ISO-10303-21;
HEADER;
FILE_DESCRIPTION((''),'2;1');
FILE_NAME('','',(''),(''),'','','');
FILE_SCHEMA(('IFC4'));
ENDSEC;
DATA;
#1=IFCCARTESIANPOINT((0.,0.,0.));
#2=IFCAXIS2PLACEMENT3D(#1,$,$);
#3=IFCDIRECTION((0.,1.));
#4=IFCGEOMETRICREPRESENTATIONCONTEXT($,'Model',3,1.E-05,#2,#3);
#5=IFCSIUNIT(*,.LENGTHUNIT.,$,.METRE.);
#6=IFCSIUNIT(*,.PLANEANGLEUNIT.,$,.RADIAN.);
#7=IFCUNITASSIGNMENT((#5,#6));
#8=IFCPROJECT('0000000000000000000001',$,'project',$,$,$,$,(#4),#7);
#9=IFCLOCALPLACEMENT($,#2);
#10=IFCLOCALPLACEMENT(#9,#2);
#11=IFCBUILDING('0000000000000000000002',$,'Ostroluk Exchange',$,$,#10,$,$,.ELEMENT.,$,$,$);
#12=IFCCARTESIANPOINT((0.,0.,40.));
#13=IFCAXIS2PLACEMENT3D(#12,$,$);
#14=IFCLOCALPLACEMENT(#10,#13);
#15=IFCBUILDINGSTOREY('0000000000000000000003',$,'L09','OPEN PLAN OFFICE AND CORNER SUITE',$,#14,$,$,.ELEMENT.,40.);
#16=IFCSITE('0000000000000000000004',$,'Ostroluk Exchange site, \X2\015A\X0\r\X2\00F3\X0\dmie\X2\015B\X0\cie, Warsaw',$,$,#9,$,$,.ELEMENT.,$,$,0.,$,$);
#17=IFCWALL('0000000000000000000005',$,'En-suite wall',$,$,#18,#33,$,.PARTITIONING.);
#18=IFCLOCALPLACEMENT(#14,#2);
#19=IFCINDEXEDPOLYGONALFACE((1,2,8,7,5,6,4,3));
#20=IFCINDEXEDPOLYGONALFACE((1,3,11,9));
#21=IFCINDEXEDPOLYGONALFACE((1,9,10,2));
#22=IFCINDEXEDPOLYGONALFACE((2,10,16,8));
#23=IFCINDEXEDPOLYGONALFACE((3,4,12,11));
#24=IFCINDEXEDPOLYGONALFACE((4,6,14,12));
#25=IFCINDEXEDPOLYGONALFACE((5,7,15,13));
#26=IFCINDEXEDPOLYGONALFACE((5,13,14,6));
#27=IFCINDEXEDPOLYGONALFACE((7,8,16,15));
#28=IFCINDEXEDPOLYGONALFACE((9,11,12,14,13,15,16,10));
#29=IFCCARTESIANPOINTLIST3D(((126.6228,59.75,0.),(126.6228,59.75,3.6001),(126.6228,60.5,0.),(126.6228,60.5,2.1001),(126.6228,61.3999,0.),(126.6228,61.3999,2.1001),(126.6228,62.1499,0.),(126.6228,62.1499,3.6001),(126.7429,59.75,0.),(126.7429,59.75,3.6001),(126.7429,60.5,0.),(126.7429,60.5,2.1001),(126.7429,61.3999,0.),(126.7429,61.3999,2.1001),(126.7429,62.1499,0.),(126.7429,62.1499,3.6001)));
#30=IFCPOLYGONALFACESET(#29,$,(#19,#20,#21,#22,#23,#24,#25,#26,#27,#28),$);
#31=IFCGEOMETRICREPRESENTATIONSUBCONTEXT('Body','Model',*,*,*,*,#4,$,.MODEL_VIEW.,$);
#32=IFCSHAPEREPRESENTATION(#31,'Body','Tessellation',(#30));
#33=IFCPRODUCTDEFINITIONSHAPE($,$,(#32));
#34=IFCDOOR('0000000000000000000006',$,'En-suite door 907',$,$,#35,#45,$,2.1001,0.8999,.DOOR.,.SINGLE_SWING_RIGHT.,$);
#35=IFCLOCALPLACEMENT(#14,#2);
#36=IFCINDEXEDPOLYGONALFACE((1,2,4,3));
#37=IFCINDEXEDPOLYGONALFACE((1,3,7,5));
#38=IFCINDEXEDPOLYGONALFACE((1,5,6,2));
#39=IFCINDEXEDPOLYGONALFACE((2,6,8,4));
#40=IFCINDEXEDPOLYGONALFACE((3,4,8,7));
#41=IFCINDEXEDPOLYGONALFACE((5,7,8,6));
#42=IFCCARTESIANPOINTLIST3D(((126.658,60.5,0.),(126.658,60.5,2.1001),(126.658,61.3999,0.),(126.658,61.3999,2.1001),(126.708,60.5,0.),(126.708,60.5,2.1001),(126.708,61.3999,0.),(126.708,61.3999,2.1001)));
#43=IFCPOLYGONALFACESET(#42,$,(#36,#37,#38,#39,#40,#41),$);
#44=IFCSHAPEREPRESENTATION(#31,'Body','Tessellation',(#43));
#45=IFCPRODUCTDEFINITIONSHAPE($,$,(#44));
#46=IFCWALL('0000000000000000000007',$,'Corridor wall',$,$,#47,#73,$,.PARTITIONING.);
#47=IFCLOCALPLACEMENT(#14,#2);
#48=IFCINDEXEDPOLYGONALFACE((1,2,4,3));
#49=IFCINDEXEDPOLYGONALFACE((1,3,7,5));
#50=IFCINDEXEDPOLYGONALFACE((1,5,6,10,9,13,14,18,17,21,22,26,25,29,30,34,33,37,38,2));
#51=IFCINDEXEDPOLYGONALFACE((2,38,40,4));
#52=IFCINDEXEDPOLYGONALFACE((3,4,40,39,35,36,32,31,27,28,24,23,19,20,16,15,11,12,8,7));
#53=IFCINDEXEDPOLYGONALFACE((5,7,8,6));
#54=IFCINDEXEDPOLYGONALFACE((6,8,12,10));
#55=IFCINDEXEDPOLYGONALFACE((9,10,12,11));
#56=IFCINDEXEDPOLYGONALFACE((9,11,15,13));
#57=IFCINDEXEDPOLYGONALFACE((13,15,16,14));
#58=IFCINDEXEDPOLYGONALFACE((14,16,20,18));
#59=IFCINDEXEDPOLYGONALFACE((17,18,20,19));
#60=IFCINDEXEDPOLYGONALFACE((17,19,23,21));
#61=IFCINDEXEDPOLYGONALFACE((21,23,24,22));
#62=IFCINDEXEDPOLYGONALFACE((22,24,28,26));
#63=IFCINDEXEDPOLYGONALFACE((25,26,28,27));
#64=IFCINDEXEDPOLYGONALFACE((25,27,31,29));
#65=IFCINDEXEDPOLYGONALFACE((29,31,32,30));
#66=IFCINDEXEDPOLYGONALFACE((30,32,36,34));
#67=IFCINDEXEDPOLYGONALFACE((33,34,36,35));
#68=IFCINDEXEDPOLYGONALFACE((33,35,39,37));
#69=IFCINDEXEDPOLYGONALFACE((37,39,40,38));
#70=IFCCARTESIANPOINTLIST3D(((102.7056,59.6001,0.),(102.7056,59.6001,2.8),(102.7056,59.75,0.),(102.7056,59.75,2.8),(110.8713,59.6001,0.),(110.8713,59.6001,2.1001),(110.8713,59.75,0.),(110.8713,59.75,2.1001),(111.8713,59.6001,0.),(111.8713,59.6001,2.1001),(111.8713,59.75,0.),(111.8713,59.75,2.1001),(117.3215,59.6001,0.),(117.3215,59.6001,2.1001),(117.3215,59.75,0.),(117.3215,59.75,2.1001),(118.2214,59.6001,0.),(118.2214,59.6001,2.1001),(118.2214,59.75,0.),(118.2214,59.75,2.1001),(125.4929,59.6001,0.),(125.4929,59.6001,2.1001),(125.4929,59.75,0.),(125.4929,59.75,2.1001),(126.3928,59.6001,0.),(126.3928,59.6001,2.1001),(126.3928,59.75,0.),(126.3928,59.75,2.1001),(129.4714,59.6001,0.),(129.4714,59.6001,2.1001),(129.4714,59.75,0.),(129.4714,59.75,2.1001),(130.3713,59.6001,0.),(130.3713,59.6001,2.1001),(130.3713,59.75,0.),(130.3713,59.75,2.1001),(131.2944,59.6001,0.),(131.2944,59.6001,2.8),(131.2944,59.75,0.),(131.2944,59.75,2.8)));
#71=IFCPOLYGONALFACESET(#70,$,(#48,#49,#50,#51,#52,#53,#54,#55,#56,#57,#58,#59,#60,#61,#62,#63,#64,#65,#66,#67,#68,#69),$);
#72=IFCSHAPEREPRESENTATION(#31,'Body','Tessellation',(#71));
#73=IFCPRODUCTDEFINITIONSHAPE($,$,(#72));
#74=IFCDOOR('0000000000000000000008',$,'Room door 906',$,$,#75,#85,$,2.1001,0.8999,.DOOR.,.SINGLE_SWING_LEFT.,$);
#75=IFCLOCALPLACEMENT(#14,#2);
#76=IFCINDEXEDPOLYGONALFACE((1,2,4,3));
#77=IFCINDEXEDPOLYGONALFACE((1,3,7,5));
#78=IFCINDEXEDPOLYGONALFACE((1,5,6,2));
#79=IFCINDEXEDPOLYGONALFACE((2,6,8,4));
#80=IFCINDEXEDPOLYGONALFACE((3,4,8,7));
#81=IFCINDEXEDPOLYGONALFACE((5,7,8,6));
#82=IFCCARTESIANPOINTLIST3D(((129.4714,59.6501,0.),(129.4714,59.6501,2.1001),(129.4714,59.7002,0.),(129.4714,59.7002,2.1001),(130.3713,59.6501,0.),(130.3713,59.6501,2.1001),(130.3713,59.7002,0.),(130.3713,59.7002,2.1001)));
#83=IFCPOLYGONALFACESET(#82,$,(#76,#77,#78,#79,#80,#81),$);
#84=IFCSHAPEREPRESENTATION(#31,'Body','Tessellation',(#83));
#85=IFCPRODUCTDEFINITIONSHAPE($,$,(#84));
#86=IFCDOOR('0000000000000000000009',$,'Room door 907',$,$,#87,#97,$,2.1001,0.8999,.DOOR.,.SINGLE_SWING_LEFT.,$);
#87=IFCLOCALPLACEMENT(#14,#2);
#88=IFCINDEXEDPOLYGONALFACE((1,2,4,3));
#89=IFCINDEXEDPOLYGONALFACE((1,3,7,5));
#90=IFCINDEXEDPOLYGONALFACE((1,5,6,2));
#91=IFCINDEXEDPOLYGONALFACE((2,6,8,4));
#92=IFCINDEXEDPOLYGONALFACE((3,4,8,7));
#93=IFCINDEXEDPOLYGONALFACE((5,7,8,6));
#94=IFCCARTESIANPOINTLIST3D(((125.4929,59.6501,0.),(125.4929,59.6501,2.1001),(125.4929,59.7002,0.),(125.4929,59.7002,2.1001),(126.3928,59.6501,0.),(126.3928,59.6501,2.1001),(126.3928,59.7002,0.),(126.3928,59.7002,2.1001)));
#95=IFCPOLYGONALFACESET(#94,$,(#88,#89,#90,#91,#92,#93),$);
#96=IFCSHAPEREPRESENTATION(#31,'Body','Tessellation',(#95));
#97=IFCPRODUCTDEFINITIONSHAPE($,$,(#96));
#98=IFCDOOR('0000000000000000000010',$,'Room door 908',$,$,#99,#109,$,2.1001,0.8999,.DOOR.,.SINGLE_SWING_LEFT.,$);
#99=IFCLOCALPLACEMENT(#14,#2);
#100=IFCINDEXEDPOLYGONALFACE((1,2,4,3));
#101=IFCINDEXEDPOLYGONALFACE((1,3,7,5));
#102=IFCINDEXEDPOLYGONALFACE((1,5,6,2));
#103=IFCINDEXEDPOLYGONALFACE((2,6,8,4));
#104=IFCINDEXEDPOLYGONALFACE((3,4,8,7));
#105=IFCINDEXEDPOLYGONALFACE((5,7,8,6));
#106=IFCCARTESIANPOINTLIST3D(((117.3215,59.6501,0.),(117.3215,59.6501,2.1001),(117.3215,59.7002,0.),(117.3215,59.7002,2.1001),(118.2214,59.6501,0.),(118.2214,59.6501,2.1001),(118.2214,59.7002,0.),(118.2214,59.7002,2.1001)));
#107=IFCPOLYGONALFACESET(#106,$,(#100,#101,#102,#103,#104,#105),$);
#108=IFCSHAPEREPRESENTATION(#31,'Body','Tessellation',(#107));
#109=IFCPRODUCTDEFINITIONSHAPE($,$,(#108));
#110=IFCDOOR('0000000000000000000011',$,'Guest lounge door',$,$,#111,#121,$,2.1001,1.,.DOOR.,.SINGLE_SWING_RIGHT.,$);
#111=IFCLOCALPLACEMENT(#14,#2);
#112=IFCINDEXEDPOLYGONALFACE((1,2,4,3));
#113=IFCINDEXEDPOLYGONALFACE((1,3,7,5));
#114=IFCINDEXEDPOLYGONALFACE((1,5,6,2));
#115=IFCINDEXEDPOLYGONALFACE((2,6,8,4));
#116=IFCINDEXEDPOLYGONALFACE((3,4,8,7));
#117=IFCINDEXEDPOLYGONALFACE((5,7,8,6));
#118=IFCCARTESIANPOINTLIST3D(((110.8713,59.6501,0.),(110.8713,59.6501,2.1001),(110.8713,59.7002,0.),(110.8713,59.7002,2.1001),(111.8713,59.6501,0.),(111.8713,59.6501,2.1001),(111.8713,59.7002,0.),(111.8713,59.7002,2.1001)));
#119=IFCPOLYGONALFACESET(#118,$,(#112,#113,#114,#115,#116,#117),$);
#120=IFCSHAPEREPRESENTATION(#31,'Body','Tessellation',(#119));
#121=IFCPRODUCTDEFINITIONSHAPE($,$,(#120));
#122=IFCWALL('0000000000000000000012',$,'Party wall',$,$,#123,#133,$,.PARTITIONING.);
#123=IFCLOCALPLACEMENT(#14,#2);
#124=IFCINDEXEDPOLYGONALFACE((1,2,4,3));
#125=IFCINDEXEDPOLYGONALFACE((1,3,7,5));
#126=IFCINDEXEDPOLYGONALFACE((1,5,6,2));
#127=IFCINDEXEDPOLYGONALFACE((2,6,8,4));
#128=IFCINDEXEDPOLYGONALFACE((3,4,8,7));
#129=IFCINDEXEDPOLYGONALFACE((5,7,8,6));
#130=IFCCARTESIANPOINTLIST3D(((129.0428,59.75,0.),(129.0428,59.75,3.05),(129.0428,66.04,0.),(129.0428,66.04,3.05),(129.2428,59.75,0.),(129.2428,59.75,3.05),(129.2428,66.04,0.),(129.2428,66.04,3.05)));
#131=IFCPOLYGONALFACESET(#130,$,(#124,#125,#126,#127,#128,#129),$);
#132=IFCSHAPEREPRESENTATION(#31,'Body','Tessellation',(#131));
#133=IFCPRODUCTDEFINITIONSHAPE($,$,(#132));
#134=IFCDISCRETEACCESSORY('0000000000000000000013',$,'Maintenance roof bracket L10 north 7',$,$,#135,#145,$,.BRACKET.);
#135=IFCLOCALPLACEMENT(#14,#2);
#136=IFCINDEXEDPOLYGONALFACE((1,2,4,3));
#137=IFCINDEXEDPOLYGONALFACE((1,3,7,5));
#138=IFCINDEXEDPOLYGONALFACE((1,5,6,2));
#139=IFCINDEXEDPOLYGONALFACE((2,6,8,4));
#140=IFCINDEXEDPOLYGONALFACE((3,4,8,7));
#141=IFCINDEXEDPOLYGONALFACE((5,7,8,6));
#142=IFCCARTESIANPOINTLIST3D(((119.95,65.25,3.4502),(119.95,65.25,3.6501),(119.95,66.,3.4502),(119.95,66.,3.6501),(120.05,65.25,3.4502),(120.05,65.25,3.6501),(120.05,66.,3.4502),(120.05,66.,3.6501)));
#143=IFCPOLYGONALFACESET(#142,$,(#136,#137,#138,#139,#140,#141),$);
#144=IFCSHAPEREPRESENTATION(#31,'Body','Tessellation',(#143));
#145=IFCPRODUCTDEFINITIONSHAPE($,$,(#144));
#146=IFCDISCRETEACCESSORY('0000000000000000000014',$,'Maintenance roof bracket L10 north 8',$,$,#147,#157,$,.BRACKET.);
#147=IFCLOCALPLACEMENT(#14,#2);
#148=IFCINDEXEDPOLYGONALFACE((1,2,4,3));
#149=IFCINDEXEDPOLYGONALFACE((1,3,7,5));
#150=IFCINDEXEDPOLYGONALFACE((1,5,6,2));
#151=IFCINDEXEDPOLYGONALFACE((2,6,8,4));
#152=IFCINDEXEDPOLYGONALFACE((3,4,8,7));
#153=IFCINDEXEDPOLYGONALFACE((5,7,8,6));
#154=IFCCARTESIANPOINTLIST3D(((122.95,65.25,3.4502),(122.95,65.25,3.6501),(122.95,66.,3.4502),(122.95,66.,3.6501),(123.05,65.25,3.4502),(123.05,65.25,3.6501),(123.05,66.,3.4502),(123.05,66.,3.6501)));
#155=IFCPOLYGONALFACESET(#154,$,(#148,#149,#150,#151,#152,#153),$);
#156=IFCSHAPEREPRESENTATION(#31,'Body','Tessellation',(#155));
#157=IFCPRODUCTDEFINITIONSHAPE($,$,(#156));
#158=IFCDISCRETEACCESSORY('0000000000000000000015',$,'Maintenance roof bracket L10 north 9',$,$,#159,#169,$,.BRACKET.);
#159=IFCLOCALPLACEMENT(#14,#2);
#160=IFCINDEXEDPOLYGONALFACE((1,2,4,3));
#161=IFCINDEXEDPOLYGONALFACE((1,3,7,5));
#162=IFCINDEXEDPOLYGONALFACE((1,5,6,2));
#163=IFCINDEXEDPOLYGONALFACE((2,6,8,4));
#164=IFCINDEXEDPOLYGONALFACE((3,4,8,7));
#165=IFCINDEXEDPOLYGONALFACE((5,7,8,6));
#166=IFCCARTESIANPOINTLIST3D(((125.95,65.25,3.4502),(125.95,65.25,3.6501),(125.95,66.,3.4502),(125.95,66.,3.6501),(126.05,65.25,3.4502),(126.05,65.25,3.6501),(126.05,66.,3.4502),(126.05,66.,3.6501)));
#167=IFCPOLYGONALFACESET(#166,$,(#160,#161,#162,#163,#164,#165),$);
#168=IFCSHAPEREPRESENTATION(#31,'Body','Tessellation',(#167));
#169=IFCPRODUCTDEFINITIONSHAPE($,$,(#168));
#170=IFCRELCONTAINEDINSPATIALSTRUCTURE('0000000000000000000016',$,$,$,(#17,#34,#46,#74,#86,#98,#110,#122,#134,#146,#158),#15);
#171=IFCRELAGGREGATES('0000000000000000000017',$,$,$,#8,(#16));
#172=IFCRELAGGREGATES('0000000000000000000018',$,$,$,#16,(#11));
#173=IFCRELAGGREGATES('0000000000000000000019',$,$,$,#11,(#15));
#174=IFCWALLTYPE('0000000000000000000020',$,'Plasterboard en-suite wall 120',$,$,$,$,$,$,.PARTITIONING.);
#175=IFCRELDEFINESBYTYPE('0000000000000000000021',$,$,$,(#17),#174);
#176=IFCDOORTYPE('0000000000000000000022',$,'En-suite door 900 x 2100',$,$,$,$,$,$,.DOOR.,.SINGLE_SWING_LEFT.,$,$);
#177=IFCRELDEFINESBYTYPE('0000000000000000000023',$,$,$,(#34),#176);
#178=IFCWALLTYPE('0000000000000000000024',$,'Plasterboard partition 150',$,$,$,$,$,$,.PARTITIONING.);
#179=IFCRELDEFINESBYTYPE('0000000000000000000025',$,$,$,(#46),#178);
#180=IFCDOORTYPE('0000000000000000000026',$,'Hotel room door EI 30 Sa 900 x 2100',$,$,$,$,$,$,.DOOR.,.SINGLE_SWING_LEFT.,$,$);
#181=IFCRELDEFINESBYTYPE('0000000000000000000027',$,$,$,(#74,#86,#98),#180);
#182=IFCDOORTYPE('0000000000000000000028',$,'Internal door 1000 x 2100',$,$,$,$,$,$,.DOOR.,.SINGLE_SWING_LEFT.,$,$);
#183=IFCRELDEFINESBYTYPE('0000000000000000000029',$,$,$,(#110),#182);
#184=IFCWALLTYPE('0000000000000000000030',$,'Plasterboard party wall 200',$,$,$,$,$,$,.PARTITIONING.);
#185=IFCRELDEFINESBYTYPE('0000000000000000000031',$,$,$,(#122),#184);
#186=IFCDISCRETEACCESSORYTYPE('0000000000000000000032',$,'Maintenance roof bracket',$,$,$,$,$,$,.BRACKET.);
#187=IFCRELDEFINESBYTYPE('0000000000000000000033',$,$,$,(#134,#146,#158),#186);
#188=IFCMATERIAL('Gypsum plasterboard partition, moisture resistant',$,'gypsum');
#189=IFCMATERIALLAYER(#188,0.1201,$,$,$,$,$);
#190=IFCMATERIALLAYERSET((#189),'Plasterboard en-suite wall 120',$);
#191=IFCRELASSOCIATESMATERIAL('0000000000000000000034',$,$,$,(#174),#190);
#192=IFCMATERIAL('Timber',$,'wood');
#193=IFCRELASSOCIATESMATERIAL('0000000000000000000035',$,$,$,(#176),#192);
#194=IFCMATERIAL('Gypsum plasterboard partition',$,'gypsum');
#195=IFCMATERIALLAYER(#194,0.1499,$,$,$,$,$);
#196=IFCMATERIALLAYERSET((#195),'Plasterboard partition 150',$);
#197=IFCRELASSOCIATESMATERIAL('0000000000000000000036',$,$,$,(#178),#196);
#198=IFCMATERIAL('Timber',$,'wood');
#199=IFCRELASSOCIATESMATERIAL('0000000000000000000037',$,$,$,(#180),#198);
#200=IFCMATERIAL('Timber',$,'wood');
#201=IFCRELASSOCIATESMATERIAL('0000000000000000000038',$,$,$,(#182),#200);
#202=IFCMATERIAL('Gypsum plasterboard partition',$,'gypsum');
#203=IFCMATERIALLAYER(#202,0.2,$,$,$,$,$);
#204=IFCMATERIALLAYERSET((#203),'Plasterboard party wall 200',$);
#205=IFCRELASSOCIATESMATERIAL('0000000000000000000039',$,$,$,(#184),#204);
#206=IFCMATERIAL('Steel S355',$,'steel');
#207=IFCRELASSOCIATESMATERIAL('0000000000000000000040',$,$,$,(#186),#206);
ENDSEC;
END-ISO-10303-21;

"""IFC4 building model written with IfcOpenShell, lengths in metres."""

from ifc_helpers import new_model, si_unit, direction, frame, frame_2d, origin, origin_2d, place, context, subcontext, project, spatial, rectangle, extrude, material, layer, layer_set, type_object, element, fill, save


model = new_model("IFC4")

# Units and contexts
model_context = context("Model", 3, precision=1e-05, world=origin(), true_north=direction((0.0, 1.0)))
body_context = subcontext(model_context, "Body", "Model", "MODEL_VIEW")
ifc_project = project(units=[si_unit("LENGTHUNIT", "METRE"), si_unit("PLANEANGLEUNIT", "RADIAN")], contexts=[model_context])

# Site, building, storey
site_placement = place(None, origin())
site = spatial("IfcSite", under=ifc_project, at=site_placement, Name="Ostroluk Exchange site, Śródmieście, Warsaw", CompositionType="ELEMENT", RefElevation=0.0)
building_placement = place(site_placement, origin())
building = spatial("IfcBuilding", under=site, at=building_placement, Name="Ostroluk Exchange", CompositionType="ELEMENT")
storey_placement = place(building_placement, frame((0.0, 0.0, 40.0)))
storey = spatial("IfcBuildingStorey", under=building, at=storey_placement, Name="L09", Description="OPEN PLAN OFFICE AND CORNER SUITE", CompositionType="ELEMENT", Elevation=40.0)

# Shared definitions
ifc_material_1 = material(Name="Gypsum plasterboard partition, moisture resistant", Category="gypsum")
ifc_layer_1 = layer(ifc_material_1, 0.1201)
ifc_layer_set_1 = layer_set([ifc_layer_1], Name="Plasterboard en-suite wall 120")
wall_type_1 = type_object("IfcWallType", Name="Plasterboard en-suite wall 120", PredefinedType="PARTITIONING", material=ifc_layer_set_1)
ifc_material_2 = material(Name="Timber", Category="wood")
door_type_1 = type_object("IfcDoorType", Name="En-suite door 900 x 2100", OperationType="SINGLE_SWING_LEFT", PredefinedType="DOOR", material=ifc_material_2)

# Wall, opening, door
wall_1_placement = place(storey_placement, frame((126.6829, 59.75, 0.0), z_axis=(0.0, 0.0, 1.0), x_axis=(0.0, 1.0, 0.0)))
wall_1 = element("IfcWall", 1, at=wall_1_placement, inside=storey, type_object=wall_type_1, Name="En-suite wall", PredefinedType="PARTITIONING", context=body_context, shape_type="SweptSolid", body=[
    extrude(rectangle(XDim=2.3999, YDim=0.1201, at=frame_2d((1.2, 0.0))), origin(), (0.0, 0.0, 1.0), 3.6001),
])
opening_1_placement = place(wall_1_placement, frame((0.75, 0.0, 0.0)))
opening_1 = element("IfcOpeningElement", 2, at=opening_1_placement, cuts=wall_1, PredefinedType="OPENING", context=body_context, shape_type="SweptSolid", body=[
    extrude(rectangle(XDim=0.8999, YDim=2.1001, at=frame_2d((0.45, 1.05))), frame((0.0, 0.0701, 0.0), z_axis=(0.0, -1.0, 0.0), x_axis=(1.0, 0.0, 0.0)), (0.0, 0.0, 1.0), 0.1401),
])
door_1_placement = place(opening_1_placement, origin())
door_1 = element("IfcDoor", 3, at=door_1_placement, inside=storey, type_object=door_type_1, Name="En-suite door 907", OperationType="SINGLE_SWING_RIGHT", OverallHeight=2.1001, OverallWidth=0.8999, PredefinedType="DOOR", context=body_context, shape_type="SweptSolid", body=[
    extrude(rectangle(XDim=0.8999, YDim=2.1001, at=frame_2d((0.45, 1.05))), frame((0.0, 0.0249, 0.0), z_axis=(0.0, -1.0, 0.0), x_axis=(1.0, 0.0, 0.0)), (0.0, 0.0, 1.0), 0.05),
])
fill(opening_1, door_1)

# Wall, openings, doors
ifc_material_3 = material(Name="Gypsum plasterboard partition", Category="gypsum")
ifc_layer_2 = layer(ifc_material_3, 0.1499)
ifc_layer_set_2 = layer_set([ifc_layer_2], Name="Plasterboard partition 150")
wall_type_2 = type_object("IfcWallType", Name="Plasterboard partition 150", PredefinedType="PARTITIONING", material=ifc_layer_set_2)
wall_2_placement = place(storey_placement, frame((131.2944, 59.675, 0.0), z_axis=(0.0, 0.0, 1.0), x_axis=(-1.0, 0.0, 0.0)))
wall_2 = element("IfcWall", 4, at=wall_2_placement, inside=storey, type_object=wall_type_2, Name="Corridor wall", PredefinedType="PARTITIONING", context=body_context, shape_type="SweptSolid", body=[
    extrude(rectangle(XDim=28.5889, YDim=0.1499, at=frame_2d((14.2944, 0.0))), origin(), (0.0, 0.0, 1.0), 2.8),
])
opening_2_placement = place(wall_2_placement, frame((0.9231, 0.0, 0.0)))
opening_2 = element("IfcOpeningElement", 5, at=opening_2_placement, cuts=wall_2, PredefinedType="OPENING", context=body_context, shape_type="SweptSolid", body=[
    extrude(rectangle(XDim=0.8999, YDim=2.1001, at=frame_2d((0.45, 1.05))), frame((0.0, 0.085, 0.0), z_axis=(0.0, -1.0, 0.0), x_axis=(1.0, 0.0, 0.0)), (0.0, 0.0, 1.0), 0.1699),
])
opening_3_placement = place(wall_2_placement, frame((4.9016, 0.0, 0.0)))
opening_3 = element("IfcOpeningElement", 6, at=opening_3_placement, cuts=wall_2, PredefinedType="OPENING", context=body_context, shape_type="SweptSolid", body=[
    extrude(rectangle(XDim=0.8999, YDim=2.1001, at=frame_2d((0.45, 1.05))), frame((0.0, 0.085, 0.0), z_axis=(0.0, -1.0, 0.0), x_axis=(1.0, 0.0, 0.0)), (0.0, 0.0, 1.0), 0.1699),
])
opening_4_placement = place(wall_2_placement, frame((13.073, 0.0, 0.0)))
opening_4 = element("IfcOpeningElement", 7, at=opening_4_placement, cuts=wall_2, PredefinedType="OPENING", context=body_context, shape_type="SweptSolid", body=[
    extrude(rectangle(XDim=0.8999, YDim=2.1001, at=frame_2d((0.45, 1.05))), frame((0.0, 0.085, 0.0), z_axis=(0.0, -1.0, 0.0), x_axis=(1.0, 0.0, 0.0)), (0.0, 0.0, 1.0), 0.1699),
])
opening_5_placement = place(wall_2_placement, frame((19.4231, 0.0, 0.0)))
opening_5 = element("IfcOpeningElement", 8, at=opening_5_placement, cuts=wall_2, PredefinedType="OPENING", context=body_context, shape_type="SweptSolid", body=[
    extrude(rectangle(XDim=1.0, YDim=2.1001, at=frame_2d((0.5, 1.05))), frame((0.0, 0.085, 0.0), z_axis=(0.0, -1.0, 0.0), x_axis=(1.0, 0.0, 0.0)), (0.0, 0.0, 1.0), 0.1699),
])
ifc_material_4 = material(Name="Timber", Category="wood")
door_type_2 = type_object("IfcDoorType", Name="Hotel room door EI 30 Sa 900 x 2100", OperationType="SINGLE_SWING_LEFT", PredefinedType="DOOR", material=ifc_material_4)
door_2_placement = place(opening_2_placement, origin())
door_2 = element("IfcDoor", 9, at=door_2_placement, inside=storey, type_object=door_type_2, Name="Room door 906", OperationType="SINGLE_SWING_LEFT", OverallHeight=2.1001, OverallWidth=0.8999, PredefinedType="DOOR", context=body_context, shape_type="SweptSolid", body=[
    extrude(rectangle(XDim=0.8999, YDim=2.1001, at=frame_2d((0.45, 1.05))), frame((0.0, 0.0249, 0.0), z_axis=(0.0, -1.0, 0.0), x_axis=(1.0, 0.0, 0.0)), (0.0, 0.0, 1.0), 0.05),
])
fill(opening_2, door_2)
door_3_placement = place(opening_3_placement, origin())
door_3 = element("IfcDoor", 10, at=door_3_placement, inside=storey, type_object=door_type_2, Name="Room door 907", OperationType="SINGLE_SWING_LEFT", OverallHeight=2.1001, OverallWidth=0.8999, PredefinedType="DOOR", context=body_context, shape_type="SweptSolid", body=[
    extrude(rectangle(XDim=0.8999, YDim=2.1001, at=frame_2d((0.45, 1.05))), frame((0.0, 0.0249, 0.0), z_axis=(0.0, -1.0, 0.0), x_axis=(1.0, 0.0, 0.0)), (0.0, 0.0, 1.0), 0.05),
])
fill(opening_3, door_3)
door_4_placement = place(opening_4_placement, origin())
door_4 = element("IfcDoor", 11, at=door_4_placement, inside=storey, type_object=door_type_2, Name="Room door 908", OperationType="SINGLE_SWING_LEFT", OverallHeight=2.1001, OverallWidth=0.8999, PredefinedType="DOOR", context=body_context, shape_type="SweptSolid", body=[
    extrude(rectangle(XDim=0.8999, YDim=2.1001, at=frame_2d((0.45, 1.05))), frame((0.0, 0.0249, 0.0), z_axis=(0.0, -1.0, 0.0), x_axis=(1.0, 0.0, 0.0)), (0.0, 0.0, 1.0), 0.05),
])
fill(opening_4, door_4)
ifc_material_5 = material(Name="Timber", Category="wood")
door_type_3 = type_object("IfcDoorType", Name="Internal door 1000 x 2100", OperationType="SINGLE_SWING_LEFT", PredefinedType="DOOR", material=ifc_material_5)
door_5_placement = place(opening_5_placement, origin())
door_5 = element("IfcDoor", 12, at=door_5_placement, inside=storey, type_object=door_type_3, Name="Guest lounge door", OperationType="SINGLE_SWING_RIGHT", OverallHeight=2.1001, OverallWidth=1.0, PredefinedType="DOOR", context=body_context, shape_type="SweptSolid", body=[
    extrude(rectangle(XDim=1.0, YDim=2.1001, at=frame_2d((0.5, 1.05))), frame((0.0, 0.0249, 0.0), z_axis=(0.0, -1.0, 0.0), x_axis=(1.0, 0.0, 0.0)), (0.0, 0.0, 1.0), 0.05),
])
fill(opening_5, door_5)

# Wall
ifc_material_6 = material(Name="Gypsum plasterboard partition", Category="gypsum")
ifc_layer_3 = layer(ifc_material_6, 0.2)
ifc_layer_set_3 = layer_set([ifc_layer_3], Name="Plasterboard party wall 200")
wall_type_3 = type_object("IfcWallType", Name="Plasterboard party wall 200", PredefinedType="PARTITIONING", material=ifc_layer_set_3)
wall_3_placement = place(storey_placement, frame((129.1428, 59.75, 0.0), z_axis=(0.0, 0.0, 1.0), x_axis=(0.0, 1.0, 0.0)))
element("IfcWall", 13, at=wall_3_placement, inside=storey, type_object=wall_type_3, Name="Party wall", PredefinedType="PARTITIONING", context=body_context, shape_type="SweptSolid", body=[
    extrude(rectangle(XDim=6.29, YDim=0.2, at=frame_2d((3.145, 0.0))), origin(), (0.0, 0.0, 1.0), 3.05),
])

# Discrete accessories
ifc_material_7 = material(Name="Steel S355", Category="steel")
discrete_accessory_type = type_object("IfcDiscreteAccessoryType", Name="Maintenance roof bracket", PredefinedType="BRACKET", material=ifc_material_7)
for number, where, z_axis, x_axis, name in (
    (14, (120.0, 65.625, 3.4502), (0.0, 0.0, 1.0), (1.0, 0.0, 0.0), "Maintenance roof bracket L10 north 7"),
    (15, (123.0, 65.625, 3.4502), (0.0, 0.0, 1.0), (1.0, 0.0, 0.0), "Maintenance roof bracket L10 north 8"),
    (16, (126.0, 65.625, 3.4502), (0.0, 0.0, 1.0), (1.0, 0.0, 0.0), "Maintenance roof bracket L10 north 9"),
):
    element("IfcDiscreteAccessory", number, at=place(storey_placement, frame(where, z_axis=z_axis, x_axis=x_axis)), inside=storey, type_object=discrete_accessory_type, Name=name, PredefinedType="BRACKET", context=body_context, shape_type="SweptSolid", body=[
        extrude(rectangle(XDim=0.1001, YDim=0.75, at=origin_2d()), origin(), (0.0, 0.0, 1.0), 0.2),
    ])

save(model, "model.ifc")
